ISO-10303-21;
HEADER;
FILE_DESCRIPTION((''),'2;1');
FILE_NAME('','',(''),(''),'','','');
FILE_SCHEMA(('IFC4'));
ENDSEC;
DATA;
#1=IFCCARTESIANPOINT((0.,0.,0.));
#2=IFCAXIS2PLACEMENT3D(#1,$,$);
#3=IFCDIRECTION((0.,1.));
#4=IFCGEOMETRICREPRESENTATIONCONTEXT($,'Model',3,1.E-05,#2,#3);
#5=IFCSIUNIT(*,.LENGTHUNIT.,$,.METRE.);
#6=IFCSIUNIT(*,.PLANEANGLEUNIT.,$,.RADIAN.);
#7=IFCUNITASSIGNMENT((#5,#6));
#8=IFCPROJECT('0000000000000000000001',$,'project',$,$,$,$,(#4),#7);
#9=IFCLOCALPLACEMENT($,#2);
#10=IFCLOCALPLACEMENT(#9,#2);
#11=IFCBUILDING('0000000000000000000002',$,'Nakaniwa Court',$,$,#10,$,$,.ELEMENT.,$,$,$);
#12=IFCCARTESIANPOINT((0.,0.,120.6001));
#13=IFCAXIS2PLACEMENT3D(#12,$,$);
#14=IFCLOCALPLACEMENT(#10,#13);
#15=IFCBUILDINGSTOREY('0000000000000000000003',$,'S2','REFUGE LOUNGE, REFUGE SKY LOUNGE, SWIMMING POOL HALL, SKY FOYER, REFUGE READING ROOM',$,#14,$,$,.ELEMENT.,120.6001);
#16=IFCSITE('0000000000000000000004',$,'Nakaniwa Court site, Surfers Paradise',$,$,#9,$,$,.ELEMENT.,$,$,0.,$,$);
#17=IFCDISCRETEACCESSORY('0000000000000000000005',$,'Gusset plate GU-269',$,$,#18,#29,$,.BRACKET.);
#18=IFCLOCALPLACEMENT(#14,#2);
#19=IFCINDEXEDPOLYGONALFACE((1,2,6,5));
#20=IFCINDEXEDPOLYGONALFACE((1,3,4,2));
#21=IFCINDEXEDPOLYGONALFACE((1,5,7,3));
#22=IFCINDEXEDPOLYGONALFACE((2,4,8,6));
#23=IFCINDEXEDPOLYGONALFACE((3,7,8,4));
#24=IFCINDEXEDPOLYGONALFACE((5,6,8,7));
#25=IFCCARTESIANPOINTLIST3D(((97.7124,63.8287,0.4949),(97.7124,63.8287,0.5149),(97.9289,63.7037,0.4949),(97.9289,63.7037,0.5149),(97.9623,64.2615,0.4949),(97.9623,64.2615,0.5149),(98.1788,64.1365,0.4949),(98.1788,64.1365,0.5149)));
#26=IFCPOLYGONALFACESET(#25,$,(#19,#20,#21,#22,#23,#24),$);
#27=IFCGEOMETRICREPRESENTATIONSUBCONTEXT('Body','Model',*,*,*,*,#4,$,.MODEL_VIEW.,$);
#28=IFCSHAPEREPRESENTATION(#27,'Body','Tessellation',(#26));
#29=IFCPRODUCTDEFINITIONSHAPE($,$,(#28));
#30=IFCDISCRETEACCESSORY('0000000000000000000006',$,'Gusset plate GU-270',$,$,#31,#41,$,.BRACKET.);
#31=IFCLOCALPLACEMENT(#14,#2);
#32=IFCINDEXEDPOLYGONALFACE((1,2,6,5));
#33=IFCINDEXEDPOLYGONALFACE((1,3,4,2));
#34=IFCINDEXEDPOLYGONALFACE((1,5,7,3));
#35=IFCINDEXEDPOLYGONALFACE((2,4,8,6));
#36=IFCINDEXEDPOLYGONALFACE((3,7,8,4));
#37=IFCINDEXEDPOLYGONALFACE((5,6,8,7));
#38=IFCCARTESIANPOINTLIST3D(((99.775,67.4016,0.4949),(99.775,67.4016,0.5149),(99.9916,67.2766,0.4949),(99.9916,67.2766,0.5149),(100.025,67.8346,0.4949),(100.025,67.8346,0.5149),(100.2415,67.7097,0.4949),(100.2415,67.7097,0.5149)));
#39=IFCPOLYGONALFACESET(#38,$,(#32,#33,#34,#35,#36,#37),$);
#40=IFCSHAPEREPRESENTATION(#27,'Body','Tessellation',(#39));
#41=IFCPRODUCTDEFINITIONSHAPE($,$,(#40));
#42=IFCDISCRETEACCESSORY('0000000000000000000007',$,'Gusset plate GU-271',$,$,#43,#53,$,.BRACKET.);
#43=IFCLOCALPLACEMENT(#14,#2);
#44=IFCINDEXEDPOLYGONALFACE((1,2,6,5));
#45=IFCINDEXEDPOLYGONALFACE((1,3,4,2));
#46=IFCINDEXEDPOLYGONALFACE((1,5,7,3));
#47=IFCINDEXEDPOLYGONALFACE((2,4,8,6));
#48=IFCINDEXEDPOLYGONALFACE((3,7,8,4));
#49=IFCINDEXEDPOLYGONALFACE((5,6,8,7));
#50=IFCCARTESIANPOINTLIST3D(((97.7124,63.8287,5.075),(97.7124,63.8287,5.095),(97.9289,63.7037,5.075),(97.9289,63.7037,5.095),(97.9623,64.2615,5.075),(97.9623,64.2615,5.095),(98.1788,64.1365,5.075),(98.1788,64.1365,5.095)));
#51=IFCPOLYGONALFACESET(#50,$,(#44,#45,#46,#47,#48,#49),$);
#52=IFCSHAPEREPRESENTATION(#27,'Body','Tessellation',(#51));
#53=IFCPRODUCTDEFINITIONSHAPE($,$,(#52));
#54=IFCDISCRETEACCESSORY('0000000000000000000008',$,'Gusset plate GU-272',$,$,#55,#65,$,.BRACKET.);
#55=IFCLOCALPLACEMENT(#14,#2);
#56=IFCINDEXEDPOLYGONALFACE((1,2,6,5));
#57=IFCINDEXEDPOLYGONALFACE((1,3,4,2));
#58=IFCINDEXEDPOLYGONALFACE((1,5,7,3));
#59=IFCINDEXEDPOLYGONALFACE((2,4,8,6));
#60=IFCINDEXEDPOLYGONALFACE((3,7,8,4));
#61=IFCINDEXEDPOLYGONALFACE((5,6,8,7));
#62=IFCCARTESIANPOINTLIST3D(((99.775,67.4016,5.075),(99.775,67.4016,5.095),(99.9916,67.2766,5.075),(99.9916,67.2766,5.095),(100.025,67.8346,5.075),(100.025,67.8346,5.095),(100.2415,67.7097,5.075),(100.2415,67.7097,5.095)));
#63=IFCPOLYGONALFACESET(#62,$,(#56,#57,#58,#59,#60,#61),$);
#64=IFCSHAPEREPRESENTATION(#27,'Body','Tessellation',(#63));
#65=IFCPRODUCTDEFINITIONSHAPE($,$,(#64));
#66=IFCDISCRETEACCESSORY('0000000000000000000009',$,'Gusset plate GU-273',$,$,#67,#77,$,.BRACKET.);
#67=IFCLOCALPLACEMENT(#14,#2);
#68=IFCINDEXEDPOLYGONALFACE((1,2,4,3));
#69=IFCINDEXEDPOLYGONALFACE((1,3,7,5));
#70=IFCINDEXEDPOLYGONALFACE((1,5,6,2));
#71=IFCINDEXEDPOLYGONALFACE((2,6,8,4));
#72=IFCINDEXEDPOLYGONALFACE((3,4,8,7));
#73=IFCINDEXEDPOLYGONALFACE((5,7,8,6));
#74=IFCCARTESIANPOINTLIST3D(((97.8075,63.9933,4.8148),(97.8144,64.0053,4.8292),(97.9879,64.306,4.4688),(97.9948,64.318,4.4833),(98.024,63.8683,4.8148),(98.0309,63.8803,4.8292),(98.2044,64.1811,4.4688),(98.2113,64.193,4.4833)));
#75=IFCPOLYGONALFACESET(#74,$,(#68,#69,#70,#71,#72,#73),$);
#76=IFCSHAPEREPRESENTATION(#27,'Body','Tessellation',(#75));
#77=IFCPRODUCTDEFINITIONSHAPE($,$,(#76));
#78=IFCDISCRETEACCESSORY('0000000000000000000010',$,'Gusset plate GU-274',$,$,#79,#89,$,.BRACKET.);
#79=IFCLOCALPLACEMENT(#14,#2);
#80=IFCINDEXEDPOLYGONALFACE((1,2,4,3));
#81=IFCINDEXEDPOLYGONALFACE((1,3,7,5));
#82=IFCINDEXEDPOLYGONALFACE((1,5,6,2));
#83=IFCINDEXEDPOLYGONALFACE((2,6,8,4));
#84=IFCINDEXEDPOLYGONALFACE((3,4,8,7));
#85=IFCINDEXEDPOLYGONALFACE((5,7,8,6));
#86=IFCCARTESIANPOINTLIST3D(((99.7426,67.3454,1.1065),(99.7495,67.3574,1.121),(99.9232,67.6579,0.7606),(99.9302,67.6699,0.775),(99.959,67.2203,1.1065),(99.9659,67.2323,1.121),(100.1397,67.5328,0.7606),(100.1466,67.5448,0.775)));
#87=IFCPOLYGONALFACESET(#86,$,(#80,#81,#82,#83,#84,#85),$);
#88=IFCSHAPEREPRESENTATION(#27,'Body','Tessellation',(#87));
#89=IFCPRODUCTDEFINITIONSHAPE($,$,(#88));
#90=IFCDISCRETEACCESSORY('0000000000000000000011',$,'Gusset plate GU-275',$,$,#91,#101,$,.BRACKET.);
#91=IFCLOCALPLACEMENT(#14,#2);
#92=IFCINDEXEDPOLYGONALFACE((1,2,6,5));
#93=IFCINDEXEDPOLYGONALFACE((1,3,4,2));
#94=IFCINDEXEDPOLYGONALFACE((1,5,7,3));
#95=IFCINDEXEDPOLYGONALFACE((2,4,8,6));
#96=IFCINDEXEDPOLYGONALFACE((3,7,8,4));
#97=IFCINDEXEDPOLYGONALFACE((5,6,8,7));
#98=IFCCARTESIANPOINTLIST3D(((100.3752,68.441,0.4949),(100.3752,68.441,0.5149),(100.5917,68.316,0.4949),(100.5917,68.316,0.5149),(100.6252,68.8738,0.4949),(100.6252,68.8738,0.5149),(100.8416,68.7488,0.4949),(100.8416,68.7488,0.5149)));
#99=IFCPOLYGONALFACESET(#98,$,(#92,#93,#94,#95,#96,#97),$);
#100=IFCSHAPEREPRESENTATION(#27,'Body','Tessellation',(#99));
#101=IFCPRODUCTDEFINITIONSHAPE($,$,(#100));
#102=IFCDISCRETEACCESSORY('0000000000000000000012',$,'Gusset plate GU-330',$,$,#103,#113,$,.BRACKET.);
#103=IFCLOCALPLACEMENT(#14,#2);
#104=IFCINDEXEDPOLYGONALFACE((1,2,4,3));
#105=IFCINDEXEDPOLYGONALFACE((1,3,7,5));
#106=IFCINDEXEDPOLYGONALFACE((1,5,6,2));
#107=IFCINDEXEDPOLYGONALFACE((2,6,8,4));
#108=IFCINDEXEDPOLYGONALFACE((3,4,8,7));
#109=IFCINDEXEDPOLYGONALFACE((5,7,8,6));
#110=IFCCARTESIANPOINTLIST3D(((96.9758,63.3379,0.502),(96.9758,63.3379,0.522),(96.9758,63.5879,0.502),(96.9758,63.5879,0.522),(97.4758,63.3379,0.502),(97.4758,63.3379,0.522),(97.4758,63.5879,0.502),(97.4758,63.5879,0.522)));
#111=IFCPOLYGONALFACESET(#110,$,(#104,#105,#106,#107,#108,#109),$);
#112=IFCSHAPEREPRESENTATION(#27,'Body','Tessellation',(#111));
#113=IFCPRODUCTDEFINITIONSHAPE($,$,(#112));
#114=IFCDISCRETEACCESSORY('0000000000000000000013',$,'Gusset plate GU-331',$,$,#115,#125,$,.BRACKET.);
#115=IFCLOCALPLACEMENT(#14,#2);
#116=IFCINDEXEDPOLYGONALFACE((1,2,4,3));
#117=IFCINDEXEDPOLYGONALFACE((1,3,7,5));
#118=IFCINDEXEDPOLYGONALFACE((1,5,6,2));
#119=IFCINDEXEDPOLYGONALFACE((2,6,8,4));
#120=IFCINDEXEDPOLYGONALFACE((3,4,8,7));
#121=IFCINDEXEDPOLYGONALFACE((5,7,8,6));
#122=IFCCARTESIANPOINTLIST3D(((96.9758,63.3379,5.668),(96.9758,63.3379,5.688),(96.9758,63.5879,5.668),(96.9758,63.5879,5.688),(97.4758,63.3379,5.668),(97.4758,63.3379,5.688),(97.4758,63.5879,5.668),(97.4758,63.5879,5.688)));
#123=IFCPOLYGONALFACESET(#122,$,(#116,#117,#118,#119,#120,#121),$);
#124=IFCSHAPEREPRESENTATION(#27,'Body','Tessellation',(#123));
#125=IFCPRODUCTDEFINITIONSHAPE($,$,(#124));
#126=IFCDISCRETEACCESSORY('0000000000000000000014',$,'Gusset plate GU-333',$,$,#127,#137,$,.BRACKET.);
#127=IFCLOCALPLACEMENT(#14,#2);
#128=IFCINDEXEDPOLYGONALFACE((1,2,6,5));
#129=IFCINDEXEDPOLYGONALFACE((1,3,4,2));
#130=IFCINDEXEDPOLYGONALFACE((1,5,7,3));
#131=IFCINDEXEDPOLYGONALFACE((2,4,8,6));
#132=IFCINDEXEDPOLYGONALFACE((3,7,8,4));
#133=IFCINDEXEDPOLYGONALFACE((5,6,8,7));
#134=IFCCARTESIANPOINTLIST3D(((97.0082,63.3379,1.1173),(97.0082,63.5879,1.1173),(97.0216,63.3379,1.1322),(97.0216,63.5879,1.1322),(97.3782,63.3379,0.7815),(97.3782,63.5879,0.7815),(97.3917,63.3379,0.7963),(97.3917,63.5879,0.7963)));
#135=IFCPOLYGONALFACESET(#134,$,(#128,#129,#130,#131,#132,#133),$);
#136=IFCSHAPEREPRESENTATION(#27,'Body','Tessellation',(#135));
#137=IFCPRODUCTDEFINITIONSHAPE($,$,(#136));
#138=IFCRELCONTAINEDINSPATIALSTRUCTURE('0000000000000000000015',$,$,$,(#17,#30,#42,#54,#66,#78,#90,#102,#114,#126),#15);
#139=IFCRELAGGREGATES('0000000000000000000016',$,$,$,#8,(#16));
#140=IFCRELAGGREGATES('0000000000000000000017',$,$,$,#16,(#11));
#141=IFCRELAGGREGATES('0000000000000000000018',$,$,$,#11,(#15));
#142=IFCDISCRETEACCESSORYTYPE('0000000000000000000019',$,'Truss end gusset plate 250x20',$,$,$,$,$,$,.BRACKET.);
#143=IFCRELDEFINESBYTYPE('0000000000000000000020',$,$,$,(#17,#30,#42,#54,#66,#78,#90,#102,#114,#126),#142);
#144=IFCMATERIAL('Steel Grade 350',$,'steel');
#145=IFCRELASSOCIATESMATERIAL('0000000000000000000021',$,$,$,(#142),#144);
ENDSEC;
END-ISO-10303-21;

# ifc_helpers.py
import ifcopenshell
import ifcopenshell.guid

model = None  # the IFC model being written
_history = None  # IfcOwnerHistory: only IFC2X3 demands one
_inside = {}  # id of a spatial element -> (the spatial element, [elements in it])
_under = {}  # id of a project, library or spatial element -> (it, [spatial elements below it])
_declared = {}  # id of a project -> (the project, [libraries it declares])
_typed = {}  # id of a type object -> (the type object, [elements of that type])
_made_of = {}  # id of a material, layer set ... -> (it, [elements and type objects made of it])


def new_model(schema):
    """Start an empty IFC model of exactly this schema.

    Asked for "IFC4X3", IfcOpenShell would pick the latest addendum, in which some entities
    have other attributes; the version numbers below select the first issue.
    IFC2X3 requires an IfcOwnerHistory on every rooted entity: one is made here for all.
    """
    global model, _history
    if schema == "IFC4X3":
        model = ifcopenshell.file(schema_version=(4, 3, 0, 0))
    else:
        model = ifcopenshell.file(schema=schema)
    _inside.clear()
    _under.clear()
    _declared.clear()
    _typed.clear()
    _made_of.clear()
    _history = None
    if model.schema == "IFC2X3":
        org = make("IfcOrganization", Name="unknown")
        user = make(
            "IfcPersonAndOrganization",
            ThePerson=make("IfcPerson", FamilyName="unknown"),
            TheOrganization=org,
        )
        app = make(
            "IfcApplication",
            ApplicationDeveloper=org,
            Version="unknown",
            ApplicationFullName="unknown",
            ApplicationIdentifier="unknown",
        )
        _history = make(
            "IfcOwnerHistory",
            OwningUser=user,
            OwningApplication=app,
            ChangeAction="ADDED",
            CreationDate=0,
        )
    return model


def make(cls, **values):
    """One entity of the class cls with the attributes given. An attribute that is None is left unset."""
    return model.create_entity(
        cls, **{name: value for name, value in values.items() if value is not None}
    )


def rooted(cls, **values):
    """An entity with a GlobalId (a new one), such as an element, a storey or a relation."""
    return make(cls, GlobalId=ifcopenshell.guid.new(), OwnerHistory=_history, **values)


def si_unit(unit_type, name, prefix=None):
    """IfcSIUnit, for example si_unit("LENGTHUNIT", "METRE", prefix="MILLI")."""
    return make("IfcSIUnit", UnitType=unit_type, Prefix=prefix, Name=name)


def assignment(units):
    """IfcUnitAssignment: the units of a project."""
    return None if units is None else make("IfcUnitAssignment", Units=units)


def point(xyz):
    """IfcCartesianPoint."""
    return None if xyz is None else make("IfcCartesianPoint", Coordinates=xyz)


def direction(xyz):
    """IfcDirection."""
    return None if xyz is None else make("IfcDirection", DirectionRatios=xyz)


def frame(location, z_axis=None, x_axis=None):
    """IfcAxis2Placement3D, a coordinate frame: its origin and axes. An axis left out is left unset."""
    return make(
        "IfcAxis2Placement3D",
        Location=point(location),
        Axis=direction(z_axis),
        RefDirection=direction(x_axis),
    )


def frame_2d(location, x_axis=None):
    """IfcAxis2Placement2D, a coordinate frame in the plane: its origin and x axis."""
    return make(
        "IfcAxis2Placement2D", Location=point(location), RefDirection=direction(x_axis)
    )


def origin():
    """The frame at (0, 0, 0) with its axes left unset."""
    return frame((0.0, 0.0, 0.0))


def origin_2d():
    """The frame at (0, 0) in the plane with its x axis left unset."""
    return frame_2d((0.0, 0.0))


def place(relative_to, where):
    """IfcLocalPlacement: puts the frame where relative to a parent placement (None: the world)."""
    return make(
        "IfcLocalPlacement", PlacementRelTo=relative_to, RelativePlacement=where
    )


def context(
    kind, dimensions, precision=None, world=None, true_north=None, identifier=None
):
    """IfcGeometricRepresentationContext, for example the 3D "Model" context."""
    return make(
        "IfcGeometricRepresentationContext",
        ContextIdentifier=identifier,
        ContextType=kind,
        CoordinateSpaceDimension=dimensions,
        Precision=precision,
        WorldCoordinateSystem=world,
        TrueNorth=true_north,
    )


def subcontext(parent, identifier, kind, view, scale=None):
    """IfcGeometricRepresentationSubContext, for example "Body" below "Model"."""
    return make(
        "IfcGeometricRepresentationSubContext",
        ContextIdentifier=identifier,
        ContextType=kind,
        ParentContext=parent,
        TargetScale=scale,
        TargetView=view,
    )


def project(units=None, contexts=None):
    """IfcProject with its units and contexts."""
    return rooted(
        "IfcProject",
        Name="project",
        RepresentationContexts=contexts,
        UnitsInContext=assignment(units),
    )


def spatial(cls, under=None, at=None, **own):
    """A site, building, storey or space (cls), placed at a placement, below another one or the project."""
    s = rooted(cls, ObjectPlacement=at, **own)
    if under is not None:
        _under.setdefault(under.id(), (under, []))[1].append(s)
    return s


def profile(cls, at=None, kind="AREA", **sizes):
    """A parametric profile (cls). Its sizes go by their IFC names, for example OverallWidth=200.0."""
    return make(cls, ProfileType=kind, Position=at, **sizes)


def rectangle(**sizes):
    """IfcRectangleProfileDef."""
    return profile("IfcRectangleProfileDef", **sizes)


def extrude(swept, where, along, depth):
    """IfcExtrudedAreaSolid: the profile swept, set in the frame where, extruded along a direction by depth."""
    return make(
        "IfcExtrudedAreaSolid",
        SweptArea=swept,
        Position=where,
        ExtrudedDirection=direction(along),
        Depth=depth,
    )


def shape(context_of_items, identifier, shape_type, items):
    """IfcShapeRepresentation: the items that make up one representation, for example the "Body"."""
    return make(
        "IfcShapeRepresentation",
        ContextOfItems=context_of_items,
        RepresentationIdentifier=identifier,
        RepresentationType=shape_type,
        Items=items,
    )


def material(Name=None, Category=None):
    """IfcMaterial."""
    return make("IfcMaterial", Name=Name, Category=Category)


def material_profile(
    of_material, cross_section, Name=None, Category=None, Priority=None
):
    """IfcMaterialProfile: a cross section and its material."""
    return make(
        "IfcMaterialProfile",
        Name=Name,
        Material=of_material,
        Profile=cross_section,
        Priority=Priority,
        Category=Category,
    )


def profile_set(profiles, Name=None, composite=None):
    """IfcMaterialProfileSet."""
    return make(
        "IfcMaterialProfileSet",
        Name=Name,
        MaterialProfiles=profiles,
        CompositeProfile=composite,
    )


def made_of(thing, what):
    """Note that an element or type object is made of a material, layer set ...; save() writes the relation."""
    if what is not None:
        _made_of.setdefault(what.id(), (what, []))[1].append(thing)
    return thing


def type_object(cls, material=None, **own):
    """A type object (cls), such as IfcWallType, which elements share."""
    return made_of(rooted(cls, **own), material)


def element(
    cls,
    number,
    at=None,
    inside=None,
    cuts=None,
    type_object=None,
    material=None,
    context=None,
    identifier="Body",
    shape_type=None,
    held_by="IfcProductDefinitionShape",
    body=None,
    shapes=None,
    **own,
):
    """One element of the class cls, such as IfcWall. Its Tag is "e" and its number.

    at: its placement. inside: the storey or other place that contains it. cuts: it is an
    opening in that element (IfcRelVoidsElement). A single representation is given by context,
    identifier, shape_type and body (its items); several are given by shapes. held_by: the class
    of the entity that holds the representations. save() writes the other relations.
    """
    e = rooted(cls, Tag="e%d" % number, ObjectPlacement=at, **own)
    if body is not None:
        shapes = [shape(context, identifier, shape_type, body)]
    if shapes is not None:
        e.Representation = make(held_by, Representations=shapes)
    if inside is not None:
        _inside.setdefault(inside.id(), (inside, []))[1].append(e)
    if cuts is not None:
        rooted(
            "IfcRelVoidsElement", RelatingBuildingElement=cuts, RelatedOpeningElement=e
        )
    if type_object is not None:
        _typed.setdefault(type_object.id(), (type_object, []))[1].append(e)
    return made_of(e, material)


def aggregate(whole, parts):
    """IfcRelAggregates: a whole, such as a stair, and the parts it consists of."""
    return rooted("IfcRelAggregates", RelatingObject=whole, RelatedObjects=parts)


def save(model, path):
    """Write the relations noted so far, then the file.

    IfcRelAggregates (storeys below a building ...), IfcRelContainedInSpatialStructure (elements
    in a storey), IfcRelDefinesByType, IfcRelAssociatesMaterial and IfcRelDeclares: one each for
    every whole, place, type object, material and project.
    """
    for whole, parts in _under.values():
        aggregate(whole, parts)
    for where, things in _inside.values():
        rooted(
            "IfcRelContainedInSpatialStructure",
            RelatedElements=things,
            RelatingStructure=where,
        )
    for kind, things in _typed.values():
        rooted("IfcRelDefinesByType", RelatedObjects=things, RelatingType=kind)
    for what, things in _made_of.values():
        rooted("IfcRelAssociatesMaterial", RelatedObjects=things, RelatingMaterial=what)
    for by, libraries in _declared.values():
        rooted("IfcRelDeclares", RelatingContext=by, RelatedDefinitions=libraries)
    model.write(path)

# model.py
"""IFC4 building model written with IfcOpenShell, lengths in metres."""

from ifc_helpers import new_model, si_unit, direction, frame, origin, origin_2d, place, context, subcontext, project, spatial, rectangle, extrude, material, material_profile, profile_set, type_object, element, save


model = new_model("IFC4")

# Units and contexts
model_context = context("Model", 3, precision=1e-05, world=origin(), true_north=direction((0.0, 1.0)))
body_context = subcontext(model_context, "Body", "Model", "MODEL_VIEW")
ifc_project = project(units=[si_unit("LENGTHUNIT", "METRE"), si_unit("PLANEANGLEUNIT", "RADIAN")], contexts=[model_context])

# Site, building, storey
site_placement = place(None, origin())
site = spatial("IfcSite", under=ifc_project, at=site_placement, Name="Nakaniwa Court site, Surfers Paradise", CompositionType="ELEMENT", RefElevation=0.0)
building_placement = place(site_placement, origin())
building = spatial("IfcBuilding", under=site, at=building_placement, Name="Nakaniwa Court", CompositionType="ELEMENT")
storey_placement = place(building_placement, frame((0.0, 0.0, 120.6001)))
storey = spatial("IfcBuildingStorey", under=building, at=storey_placement, Name="S2", Description="REFUGE LOUNGE, REFUGE SKY LOUNGE, SWIMMING POOL HALL, SKY FOYER, REFUGE READING ROOM", CompositionType="ELEMENT", Elevation=120.6001)

# Shared definitions
ifc_material_1 = material(Name="Steel Grade 350", Category="steel")

# Discrete accessories
ifc_material_profile_1 = material_profile(ifc_material_1, rectangle(XDim=0.25, YDim=0.02, at=origin_2d()), Name="Truss end gusset plate 250x20")
ifc_profile_set_1 = profile_set([ifc_material_profile_1], Name="Steel Grade 350")
discrete_accessory_type = type_object("IfcDiscreteAccessoryType", Name="Truss end gusset plate 250x20", PredefinedType="BRACKET", material=ifc_profile_set_1)
discrete_accessory_1_placement = place(storey_placement, frame((98.0706, 64.199, 0.5049), z_axis=(-0.500131, -0.86595, 0.0), x_axis=(0.86595, -0.500131, 0.0)))
element("IfcDiscreteAccessory", 1, at=discrete_accessory_1_placement, inside=storey, type_object=discrete_accessory_type, Name="Gusset plate GU-269", PredefinedType="BRACKET", context=body_context, shape_type="SweptSolid", body=[
    extrude(rectangle(XDim=0.25, YDim=0.02, at=origin_2d()), origin(), (0.0, 0.0, 1.0), 0.4998),
])
discrete_accessory_2_placement = place(storey_placement, frame((99.8833, 67.3391, 0.5049), z_axis=(0.49992, 0.866072, 0.0), x_axis=(-0.866072, 0.49992, 0.0)))
element("IfcDiscreteAccessory", 2, at=discrete_accessory_2_placement, inside=storey, type_object=discrete_accessory_type, Name="Gusset plate GU-270", PredefinedType="BRACKET", context=body_context, shape_type="SweptSolid", body=[
    extrude(rectangle(XDim=0.25, YDim=0.02, at=origin_2d()), origin(), (0.0, 0.0, 1.0), 0.5),
])
discrete_accessory_3_placement = place(storey_placement, frame((98.0706, 64.199, 5.085), z_axis=(-0.500131, -0.86595, 0.0), x_axis=(0.86595, -0.500131, 0.0)))
element("IfcDiscreteAccessory", 3, at=discrete_accessory_3_placement, inside=storey, type_object=discrete_accessory_type, Name="Gusset plate GU-271", PredefinedType="BRACKET", context=body_context, shape_type="SweptSolid", body=[
    extrude(rectangle(XDim=0.25, YDim=0.02, at=origin_2d()), origin(), (0.0, 0.0, 1.0), 0.4998),
])
for number, where, z_axis, x_axis, name in (
    (4, (99.8833, 67.3391, 5.085), (0.49992, 0.866072, 0.0), (-0.866072, 0.49992, 0.0), "Gusset plate GU-272"),
    (5, (98.0996, 64.2495, 4.4761), (-0.360811, -0.625439, 0.69184), (0.866197, -0.499703, 0.0), "Gusset plate GU-273"),
    (6, (99.8542, 67.2888, 1.1138), (0.361346, 0.625031, -0.691929), (-0.865735, 0.500503, 0.0), "Gusset plate GU-274"),
):
    element("IfcDiscreteAccessory", number, at=place(storey_placement, frame(where, z_axis=z_axis, x_axis=x_axis)), inside=storey, type_object=discrete_accessory_type, Name=name, PredefinedType="BRACKET", context=body_context, shape_type="SweptSolid", body=[
        extrude(rectangle(XDim=0.25, YDim=0.02, at=origin_2d()), origin(), (0.0, 0.0, 1.0), 0.5),
    ])
discrete_accessory_4_placement = place(storey_placement, frame((100.7334, 68.8113, 0.5049), z_axis=(-0.500131, -0.86595, 0.0), x_axis=(0.86595, -0.500131, 0.0)))
element("IfcDiscreteAccessory", 7, at=discrete_accessory_4_placement, inside=storey, type_object=discrete_accessory_type, Name="Gusset plate GU-275", PredefinedType="BRACKET", context=body_context, shape_type="SweptSolid", body=[
    extrude(rectangle(XDim=0.25, YDim=0.02, at=origin_2d()), origin(), (0.0, 0.0, 1.0), 0.4998),
])
for number, where, z_axis, x_axis, name in (
    (8, (96.9758, 63.4629, 0.512), (1.0, 0.0, 0.0), (0.0, 1.0, 0.0), "Gusset plate GU-330"),
    (9, (96.9758, 63.4629, 5.678), (1.0, 0.0, 0.0), (0.0, 1.0, 0.0), "Gusset plate GU-331"),
):
    element("IfcDiscreteAccessory", number, at=place(storey_placement, frame(where, z_axis=z_axis, x_axis=x_axis)), inside=storey, type_object=discrete_accessory_type, Name=name, PredefinedType="BRACKET", context=body_context, shape_type="SweptSolid", body=[
        extrude(rectangle(XDim=0.25, YDim=0.02, at=origin_2d()), origin(), (0.0, 0.0, 1.0), 0.5),
    ])
discrete_accessory_5_placement = place(storey_placement, frame((97.0149, 63.4629, 1.1248), z_axis=(0.74047, 0.0, -0.672089), x_axis=(0.0, 1.0, 0.0)))
element("IfcDiscreteAccessory", 10, at=discrete_accessory_5_placement, inside=storey, type_object=discrete_accessory_type, Name="Gusset plate GU-333", PredefinedType="BRACKET", context=body_context, shape_type="SweptSolid", body=[
    extrude(rectangle(XDim=0.25, YDim=0.02, at=origin_2d()), origin(), (0.0, 0.0, 1.0), 0.4998),
])

save(model, "model.ifc")
